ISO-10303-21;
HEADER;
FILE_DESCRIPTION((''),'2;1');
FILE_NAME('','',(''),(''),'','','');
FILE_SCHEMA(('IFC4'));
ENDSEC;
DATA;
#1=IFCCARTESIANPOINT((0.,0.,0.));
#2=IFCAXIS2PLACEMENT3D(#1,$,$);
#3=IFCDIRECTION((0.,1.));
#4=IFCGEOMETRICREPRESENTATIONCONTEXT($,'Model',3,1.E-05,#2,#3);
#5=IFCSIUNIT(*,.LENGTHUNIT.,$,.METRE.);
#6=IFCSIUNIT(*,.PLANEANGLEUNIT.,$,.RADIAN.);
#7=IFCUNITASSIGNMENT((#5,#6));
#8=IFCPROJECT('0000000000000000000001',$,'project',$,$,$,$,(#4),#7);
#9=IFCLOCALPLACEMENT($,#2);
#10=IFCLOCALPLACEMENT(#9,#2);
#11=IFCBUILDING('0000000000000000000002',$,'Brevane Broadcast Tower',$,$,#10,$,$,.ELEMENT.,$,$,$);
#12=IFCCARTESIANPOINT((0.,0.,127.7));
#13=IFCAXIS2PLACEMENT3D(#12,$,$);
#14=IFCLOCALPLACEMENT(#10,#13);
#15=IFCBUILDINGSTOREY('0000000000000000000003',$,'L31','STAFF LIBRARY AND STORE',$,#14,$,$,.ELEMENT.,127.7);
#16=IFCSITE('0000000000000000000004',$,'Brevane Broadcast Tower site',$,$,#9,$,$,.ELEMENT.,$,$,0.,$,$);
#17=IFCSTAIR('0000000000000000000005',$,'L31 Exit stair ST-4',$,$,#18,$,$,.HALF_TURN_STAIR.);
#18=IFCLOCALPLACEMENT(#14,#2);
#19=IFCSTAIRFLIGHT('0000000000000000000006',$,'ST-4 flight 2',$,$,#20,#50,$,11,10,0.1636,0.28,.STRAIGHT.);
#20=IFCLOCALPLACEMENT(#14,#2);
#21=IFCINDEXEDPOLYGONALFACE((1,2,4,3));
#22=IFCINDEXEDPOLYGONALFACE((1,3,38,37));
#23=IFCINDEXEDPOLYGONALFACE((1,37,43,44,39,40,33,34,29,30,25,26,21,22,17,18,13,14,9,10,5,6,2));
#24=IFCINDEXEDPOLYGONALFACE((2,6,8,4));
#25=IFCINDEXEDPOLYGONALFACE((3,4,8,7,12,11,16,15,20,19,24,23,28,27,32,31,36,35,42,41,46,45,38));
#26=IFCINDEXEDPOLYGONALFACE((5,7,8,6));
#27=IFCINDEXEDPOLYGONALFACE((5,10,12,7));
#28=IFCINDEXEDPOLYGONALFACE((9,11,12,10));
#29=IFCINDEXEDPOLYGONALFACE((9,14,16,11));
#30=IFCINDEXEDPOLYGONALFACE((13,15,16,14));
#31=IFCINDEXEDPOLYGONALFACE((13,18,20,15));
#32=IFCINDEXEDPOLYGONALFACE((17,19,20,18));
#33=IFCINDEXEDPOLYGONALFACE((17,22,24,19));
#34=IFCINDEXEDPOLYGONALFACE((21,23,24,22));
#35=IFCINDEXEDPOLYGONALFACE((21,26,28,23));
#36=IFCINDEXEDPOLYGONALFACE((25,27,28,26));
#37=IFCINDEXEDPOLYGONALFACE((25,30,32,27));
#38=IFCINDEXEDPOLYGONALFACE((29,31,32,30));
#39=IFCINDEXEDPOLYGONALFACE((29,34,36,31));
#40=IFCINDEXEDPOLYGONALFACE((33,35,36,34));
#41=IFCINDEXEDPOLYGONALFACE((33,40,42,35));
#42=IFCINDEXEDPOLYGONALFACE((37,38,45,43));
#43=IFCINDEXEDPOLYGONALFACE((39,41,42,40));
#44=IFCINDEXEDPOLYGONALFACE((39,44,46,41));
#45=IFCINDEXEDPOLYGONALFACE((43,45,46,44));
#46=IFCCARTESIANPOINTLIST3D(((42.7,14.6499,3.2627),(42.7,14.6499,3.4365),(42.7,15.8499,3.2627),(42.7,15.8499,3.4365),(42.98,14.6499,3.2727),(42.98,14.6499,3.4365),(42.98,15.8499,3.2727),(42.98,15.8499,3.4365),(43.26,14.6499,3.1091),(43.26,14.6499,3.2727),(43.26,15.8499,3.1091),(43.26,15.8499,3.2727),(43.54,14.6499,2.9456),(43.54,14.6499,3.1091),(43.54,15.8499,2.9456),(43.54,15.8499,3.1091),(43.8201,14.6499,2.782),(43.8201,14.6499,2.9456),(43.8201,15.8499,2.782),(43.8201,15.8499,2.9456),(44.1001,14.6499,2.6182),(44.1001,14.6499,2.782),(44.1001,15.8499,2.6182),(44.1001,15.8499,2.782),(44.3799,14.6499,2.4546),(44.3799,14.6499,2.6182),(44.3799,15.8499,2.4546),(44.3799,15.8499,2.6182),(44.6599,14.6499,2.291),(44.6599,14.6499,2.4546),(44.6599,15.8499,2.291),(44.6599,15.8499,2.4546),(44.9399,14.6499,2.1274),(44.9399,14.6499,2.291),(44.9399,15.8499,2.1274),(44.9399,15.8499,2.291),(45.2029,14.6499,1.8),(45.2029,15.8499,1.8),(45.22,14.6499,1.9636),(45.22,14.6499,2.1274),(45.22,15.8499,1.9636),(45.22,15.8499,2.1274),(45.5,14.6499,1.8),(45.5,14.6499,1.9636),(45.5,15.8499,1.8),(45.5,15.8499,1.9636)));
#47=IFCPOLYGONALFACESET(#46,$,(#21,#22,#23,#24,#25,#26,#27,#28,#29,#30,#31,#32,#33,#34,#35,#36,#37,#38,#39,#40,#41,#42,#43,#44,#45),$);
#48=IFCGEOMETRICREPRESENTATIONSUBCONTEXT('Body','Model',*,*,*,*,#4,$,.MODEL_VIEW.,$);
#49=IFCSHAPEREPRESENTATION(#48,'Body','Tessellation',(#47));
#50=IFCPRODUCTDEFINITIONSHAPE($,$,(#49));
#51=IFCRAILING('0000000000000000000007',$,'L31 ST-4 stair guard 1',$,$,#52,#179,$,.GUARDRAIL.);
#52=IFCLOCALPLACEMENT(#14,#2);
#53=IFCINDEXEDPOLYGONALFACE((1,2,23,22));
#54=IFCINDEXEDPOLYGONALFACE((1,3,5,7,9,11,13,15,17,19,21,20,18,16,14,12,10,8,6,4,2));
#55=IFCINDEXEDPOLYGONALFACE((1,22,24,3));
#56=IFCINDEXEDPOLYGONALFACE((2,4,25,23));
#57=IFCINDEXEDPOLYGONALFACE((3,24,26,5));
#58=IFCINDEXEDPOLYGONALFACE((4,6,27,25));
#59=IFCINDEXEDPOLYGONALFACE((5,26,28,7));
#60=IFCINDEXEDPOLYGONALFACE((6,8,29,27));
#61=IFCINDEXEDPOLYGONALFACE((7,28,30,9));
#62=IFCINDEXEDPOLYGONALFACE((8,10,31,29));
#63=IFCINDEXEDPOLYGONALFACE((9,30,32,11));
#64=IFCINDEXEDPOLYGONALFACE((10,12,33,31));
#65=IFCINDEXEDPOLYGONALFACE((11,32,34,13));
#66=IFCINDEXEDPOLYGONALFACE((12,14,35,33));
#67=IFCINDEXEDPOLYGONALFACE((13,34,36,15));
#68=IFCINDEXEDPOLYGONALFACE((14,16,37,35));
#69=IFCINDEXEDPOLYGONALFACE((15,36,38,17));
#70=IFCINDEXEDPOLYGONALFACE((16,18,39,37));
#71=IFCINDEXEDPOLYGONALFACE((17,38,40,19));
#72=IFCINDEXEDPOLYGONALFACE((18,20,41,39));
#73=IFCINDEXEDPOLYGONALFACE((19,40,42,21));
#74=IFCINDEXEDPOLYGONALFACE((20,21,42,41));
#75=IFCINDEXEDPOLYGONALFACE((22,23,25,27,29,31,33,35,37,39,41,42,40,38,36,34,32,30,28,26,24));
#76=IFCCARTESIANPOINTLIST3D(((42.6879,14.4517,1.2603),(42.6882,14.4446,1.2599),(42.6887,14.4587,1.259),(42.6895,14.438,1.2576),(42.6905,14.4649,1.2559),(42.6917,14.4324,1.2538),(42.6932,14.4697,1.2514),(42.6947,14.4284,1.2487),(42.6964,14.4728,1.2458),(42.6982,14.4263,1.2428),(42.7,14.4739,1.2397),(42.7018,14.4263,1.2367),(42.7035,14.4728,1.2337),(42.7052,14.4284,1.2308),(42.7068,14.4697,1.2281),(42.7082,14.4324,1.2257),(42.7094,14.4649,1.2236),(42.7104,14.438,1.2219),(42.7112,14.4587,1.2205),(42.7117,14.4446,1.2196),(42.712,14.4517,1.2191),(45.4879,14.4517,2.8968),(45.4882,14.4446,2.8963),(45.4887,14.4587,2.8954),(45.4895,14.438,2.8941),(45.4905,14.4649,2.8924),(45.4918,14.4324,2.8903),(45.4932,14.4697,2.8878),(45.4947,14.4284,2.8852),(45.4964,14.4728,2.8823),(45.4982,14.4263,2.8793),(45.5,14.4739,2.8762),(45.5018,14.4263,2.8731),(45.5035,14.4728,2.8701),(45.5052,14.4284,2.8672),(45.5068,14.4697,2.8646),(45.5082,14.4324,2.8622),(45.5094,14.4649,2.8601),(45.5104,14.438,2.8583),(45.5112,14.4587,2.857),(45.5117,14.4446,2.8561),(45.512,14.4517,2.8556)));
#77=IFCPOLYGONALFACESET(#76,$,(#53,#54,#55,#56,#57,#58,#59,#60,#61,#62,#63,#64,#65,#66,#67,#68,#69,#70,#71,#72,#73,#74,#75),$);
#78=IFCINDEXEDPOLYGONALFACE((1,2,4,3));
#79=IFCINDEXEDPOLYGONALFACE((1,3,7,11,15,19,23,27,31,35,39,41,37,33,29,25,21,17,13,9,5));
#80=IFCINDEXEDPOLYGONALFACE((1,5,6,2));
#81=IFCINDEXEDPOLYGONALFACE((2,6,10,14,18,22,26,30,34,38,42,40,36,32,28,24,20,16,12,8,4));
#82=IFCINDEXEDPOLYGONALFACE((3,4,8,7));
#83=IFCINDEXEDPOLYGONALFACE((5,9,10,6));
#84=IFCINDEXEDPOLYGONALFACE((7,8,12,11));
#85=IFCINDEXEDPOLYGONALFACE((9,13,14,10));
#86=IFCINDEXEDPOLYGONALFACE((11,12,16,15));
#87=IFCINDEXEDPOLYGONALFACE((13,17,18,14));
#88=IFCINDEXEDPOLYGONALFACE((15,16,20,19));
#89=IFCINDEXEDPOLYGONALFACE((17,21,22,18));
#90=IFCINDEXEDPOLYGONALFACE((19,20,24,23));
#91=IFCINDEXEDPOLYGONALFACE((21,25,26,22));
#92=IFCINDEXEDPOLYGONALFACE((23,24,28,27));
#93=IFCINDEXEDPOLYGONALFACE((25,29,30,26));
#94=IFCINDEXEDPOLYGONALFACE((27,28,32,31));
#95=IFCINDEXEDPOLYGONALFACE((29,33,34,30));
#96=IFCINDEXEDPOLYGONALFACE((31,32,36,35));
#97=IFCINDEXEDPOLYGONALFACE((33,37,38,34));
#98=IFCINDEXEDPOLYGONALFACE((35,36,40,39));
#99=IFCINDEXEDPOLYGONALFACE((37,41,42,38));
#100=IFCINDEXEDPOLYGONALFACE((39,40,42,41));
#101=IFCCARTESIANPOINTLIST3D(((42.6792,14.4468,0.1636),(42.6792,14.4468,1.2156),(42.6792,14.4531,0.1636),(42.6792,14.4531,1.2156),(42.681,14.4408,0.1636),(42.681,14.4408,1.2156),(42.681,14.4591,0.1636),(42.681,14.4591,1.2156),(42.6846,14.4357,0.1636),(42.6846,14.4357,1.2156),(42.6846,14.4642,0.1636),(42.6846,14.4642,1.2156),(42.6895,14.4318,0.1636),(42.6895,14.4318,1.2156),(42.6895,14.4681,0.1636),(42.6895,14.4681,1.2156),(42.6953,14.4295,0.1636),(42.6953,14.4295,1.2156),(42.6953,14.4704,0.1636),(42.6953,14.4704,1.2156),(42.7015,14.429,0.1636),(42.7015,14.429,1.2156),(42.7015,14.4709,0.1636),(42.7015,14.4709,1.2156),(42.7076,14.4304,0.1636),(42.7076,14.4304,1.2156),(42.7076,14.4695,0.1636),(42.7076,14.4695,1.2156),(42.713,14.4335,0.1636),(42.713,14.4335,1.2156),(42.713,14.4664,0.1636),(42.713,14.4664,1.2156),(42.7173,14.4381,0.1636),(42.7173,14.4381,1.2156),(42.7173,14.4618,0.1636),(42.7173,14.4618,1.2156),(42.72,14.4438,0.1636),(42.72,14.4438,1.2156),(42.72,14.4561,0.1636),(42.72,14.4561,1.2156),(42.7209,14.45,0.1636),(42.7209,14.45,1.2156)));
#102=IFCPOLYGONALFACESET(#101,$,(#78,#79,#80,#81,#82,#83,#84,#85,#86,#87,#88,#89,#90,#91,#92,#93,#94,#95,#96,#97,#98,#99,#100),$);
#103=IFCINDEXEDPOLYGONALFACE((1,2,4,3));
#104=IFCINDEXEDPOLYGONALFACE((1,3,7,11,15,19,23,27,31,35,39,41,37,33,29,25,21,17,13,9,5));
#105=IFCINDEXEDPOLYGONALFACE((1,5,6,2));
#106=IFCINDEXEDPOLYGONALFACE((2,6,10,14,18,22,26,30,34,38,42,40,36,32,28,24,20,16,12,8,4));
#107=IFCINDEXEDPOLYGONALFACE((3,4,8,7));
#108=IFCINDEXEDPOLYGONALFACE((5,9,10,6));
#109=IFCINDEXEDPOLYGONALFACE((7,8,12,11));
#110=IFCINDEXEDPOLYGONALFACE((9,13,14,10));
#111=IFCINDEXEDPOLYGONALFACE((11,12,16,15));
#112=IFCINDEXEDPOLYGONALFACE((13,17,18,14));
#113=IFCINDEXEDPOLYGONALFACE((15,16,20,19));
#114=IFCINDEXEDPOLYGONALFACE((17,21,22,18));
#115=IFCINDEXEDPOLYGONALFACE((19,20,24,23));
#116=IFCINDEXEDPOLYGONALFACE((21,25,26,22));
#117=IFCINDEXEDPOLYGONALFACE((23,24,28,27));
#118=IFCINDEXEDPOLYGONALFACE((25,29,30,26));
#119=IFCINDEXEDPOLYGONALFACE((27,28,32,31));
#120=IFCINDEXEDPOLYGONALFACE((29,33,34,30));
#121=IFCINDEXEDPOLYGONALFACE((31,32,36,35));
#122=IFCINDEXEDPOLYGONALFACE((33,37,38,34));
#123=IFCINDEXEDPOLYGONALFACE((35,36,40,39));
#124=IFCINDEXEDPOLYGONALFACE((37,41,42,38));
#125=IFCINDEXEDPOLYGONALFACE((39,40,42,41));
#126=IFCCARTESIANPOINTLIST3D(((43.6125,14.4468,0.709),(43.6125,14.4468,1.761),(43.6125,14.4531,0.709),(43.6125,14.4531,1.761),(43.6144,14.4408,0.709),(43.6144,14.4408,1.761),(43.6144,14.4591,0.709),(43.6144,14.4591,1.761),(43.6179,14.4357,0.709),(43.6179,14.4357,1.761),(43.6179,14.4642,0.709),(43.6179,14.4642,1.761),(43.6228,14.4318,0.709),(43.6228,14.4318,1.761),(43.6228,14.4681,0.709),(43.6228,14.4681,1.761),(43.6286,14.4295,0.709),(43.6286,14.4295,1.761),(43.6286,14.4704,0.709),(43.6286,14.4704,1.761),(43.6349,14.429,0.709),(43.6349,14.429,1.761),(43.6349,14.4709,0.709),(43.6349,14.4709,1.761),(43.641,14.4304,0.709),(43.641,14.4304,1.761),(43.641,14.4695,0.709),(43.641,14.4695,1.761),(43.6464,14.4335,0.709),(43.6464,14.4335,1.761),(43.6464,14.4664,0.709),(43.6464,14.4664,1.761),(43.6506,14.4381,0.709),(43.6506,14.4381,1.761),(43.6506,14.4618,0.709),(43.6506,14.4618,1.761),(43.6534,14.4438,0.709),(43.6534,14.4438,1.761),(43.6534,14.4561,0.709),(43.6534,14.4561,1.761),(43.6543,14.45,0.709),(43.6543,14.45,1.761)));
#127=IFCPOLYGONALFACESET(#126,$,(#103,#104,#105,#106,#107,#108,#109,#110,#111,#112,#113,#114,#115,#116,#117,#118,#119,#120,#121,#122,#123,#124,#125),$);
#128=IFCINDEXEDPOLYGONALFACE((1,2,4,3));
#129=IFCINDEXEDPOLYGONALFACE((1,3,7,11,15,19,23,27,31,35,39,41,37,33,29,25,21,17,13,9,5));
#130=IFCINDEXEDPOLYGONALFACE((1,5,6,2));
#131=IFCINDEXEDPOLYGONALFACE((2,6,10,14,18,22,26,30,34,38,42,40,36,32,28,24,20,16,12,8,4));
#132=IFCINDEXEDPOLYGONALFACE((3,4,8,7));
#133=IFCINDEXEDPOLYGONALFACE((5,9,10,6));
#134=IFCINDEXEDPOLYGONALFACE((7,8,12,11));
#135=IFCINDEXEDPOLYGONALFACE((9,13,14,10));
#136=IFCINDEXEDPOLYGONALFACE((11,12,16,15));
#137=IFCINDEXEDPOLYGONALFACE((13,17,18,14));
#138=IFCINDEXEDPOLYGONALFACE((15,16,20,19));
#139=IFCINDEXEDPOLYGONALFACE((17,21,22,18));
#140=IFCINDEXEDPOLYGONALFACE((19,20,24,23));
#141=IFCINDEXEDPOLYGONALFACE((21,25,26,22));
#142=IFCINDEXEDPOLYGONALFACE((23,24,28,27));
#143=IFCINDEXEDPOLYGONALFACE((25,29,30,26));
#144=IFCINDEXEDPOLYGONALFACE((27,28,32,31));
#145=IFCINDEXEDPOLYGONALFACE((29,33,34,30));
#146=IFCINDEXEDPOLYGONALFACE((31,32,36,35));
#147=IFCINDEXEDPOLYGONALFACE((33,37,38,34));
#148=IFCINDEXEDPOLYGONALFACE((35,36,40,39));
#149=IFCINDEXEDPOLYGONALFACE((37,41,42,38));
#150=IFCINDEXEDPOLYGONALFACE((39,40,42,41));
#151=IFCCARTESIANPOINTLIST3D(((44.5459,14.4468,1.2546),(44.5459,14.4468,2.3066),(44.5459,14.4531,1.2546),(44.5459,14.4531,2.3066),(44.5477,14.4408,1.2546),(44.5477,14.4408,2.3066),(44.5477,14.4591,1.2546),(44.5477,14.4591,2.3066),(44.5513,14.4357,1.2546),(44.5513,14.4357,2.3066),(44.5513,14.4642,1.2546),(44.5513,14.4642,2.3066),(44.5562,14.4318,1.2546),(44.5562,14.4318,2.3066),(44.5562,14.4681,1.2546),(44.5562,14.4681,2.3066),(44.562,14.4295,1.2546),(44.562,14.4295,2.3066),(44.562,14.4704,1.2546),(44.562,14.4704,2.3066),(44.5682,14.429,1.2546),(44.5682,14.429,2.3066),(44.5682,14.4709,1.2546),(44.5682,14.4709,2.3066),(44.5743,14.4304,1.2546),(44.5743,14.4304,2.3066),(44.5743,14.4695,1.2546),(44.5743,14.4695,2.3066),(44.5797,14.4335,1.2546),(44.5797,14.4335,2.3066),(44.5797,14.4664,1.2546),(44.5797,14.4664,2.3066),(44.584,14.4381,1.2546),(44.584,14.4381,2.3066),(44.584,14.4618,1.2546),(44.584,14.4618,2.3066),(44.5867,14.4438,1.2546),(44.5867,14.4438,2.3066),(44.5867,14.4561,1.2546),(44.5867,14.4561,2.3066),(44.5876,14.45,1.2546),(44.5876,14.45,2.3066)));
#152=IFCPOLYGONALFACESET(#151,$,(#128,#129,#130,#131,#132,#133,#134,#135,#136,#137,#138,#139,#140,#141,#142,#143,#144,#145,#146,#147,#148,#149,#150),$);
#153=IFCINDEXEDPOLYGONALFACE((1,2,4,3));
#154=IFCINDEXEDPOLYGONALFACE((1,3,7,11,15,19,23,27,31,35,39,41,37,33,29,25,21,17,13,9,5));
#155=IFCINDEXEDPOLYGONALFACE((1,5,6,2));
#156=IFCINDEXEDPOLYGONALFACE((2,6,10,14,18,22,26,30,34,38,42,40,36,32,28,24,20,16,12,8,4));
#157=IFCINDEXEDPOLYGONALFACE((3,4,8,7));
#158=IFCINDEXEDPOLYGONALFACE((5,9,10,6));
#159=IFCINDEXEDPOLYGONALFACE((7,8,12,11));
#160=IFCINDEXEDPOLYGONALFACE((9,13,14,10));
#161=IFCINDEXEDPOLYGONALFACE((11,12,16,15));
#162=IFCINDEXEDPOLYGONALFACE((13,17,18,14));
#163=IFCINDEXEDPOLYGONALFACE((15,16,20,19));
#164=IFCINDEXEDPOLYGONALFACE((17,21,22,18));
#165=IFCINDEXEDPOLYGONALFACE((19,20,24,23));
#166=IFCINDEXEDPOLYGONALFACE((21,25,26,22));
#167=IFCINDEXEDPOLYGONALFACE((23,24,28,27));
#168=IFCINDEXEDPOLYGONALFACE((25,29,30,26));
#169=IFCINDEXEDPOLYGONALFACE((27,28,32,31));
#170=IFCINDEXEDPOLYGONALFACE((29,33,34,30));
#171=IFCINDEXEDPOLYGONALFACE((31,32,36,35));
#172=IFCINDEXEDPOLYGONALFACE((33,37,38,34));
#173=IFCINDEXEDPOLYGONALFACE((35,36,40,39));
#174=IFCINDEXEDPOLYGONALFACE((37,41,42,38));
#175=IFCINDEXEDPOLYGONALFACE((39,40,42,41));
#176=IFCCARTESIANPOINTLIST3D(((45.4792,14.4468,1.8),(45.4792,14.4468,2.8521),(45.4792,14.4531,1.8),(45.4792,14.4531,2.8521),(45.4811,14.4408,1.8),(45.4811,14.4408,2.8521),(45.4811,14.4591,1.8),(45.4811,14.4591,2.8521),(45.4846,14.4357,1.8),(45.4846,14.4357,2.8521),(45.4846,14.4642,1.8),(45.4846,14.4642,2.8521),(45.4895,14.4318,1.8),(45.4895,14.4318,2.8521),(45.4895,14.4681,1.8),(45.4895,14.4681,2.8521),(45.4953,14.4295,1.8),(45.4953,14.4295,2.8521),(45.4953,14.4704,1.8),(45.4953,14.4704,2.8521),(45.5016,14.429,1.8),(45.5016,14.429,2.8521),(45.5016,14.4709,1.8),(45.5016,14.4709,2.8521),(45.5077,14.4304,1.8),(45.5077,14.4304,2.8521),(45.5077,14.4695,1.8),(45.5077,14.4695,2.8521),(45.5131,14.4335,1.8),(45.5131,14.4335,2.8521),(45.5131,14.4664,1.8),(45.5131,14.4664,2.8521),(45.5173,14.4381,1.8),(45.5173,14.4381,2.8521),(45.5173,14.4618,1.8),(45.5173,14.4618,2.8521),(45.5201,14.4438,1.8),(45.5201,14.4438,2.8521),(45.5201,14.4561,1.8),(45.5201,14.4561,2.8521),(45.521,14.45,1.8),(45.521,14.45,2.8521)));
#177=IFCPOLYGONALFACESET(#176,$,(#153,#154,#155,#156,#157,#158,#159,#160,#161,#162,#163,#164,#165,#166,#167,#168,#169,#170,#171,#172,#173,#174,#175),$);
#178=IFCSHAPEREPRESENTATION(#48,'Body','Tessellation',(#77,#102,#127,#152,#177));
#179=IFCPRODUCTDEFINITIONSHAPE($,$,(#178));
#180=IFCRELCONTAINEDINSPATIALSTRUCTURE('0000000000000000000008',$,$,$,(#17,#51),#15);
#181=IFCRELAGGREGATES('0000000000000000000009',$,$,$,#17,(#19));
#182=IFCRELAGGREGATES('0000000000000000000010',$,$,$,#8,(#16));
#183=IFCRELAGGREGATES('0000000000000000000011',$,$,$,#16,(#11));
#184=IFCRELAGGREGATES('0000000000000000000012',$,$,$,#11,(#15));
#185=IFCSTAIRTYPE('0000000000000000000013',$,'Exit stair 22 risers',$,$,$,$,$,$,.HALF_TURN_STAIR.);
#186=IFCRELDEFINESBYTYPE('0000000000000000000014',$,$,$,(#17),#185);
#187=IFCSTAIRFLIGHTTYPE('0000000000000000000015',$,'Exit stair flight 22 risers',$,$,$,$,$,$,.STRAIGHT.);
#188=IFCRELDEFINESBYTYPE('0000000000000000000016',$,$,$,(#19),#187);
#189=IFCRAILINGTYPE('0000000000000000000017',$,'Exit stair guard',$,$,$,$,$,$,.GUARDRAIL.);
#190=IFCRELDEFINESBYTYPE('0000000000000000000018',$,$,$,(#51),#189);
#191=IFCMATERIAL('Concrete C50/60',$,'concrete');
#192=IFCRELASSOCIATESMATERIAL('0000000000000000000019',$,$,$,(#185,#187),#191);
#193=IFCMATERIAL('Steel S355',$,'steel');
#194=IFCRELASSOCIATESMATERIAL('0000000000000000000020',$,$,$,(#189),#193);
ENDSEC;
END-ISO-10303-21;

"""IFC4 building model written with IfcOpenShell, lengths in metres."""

from ifc_helpers import new_model, si_unit, direction, frame, origin, origin_2d, place, context, subcontext, project, spatial, polyline, circle, outline, extrude, material, type_object, element, aggregate, save


model = new_model("IFC4")

# Units and contexts
model_context = context("Model", 3, precision=1e-05, world=origin(), true_north=direction((0.0, 1.0)))
body_context = subcontext(model_context, "Body", "Model", "MODEL_VIEW")
ifc_project = project(units=[si_unit("LENGTHUNIT", "METRE"), si_unit("PLANEANGLEUNIT", "RADIAN")], contexts=[model_context])

# Site, building, storey
site_placement = place(None, origin())
site = spatial("IfcSite", under=ifc_project, at=site_placement, Name="Brevane Broadcast Tower site", CompositionType="ELEMENT", RefElevation=0.0)
building_placement = place(site_placement, origin())
building = spatial("IfcBuilding", under=site, at=building_placement, Name="Brevane Broadcast Tower", CompositionType="ELEMENT")
storey_placement = place(building_placement, frame((0.0, 0.0, 127.7)))
storey = spatial("IfcBuildingStorey", under=building, at=storey_placement, Name="L31", Description="STAFF LIBRARY AND STORE", CompositionType="ELEMENT", Elevation=127.7)

# Stair, stair flight
ifc_material_1 = material(Name="Concrete C50/60", Category="concrete")
stair_type = type_object("IfcStairType", Name="Exit stair 22 risers", PredefinedType="HALF_TURN_STAIR", material=ifc_material_1)
stair_placement = place(storey_placement, origin())
stair = element("IfcStair", 1, at=stair_placement, inside=storey, type_object=stair_type, Name="L31 Exit stair ST-4", PredefinedType="HALF_TURN_STAIR")
stair_flight_type = type_object("IfcStairFlightType", Name="Exit stair flight 22 risers", PredefinedType="STRAIGHT", material=ifc_material_1)
stair_flight_1_placement = place(storey_placement, frame((45.5, 15.25, 1.8), z_axis=(0.0, 0.0, 1.0), x_axis=(-1.0, 0.0, 0.0)))
stair_flight_1 = element("IfcStairFlight", 2, at=stair_flight_1_placement, type_object=stair_flight_type, Name="ST-4 flight 2", NumberOfRisers=11, NumberOfTreads=10, PredefinedType="STRAIGHT", RiserHeight=0.1636, TreadLength=0.28, context=body_context, shape_type="SweptSolid", body=[
    extrude(outline(polyline([(0.0, 0.0), (0.0, 0.1636), (0.28, 0.1636), (0.28, 0.3274), (0.5601, 0.3274), (0.5601, 0.491), (0.8401, 0.491), (0.8401, 0.6545), (1.1201, 0.6545), (1.1201, 0.8181), (1.3999, 0.8181), (1.3999, 0.9819), (1.6799, 0.9819), (1.6799, 1.1455), (1.96, 1.1455), (1.96, 1.3091), (2.24, 1.3091), (2.24, 1.4727), (2.52, 1.4727), (2.52, 1.6365), (2.8, 1.6365), (2.8, 1.8), (2.8, 1.4626), (0.2971, 0.0), (0.0, 0.0)])), frame((0.0, 0.6001, 0.0), z_axis=(0.0, -1.0, 0.0), x_axis=(1.0, 0.0, 0.0)), (0.0, 0.0, 1.0), 1.2),
])
aggregate(stair, [stair_flight_1])

# Railing
ifc_material_2 = material(Name="Steel S355", Category="steel")
railing_type_1 = type_object("IfcRailingType", Name="Exit stair guard", PredefinedType="GUARDRAIL", material=ifc_material_2)
railing_1_placement = place(storey_placement, frame((42.7, 14.45, 0.1636)))
element("IfcRailing", 3, at=railing_1_placement, inside=storey, type_object=railing_type_1, Name="L31 ST-4 stair guard 1", PredefinedType="GUARDRAIL", context=body_context, shape_type="SweptSolid", body=[
    extrude(circle(Radius=0.0239, at=origin_2d()), frame((0.0, 0.0, 1.0762), z_axis=(0.863361, 0.0, 0.504587), x_axis=(0.0, 1.0, 0.0)), (0.0, 0.0, 1.0), 3.2432),
    extrude(circle(Radius=0.021, at=origin_2d()), origin(), (0.0, 0.0, 1.0), 1.052),
    extrude(circle(Radius=0.021, at=origin_2d()), frame((0.9333, 0.0, 0.5454)), (0.0, 0.0, 1.0), 1.052),
    extrude(circle(Radius=0.021, at=origin_2d()), frame((1.8667, 0.0, 1.0911)), (0.0, 0.0, 1.0), 1.052),
    extrude(circle(Radius=0.021, at=origin_2d()), frame((2.8, 0.0, 1.6365)), (0.0, 0.0, 1.0), 1.052),
])

save(model, "model.ifc")
